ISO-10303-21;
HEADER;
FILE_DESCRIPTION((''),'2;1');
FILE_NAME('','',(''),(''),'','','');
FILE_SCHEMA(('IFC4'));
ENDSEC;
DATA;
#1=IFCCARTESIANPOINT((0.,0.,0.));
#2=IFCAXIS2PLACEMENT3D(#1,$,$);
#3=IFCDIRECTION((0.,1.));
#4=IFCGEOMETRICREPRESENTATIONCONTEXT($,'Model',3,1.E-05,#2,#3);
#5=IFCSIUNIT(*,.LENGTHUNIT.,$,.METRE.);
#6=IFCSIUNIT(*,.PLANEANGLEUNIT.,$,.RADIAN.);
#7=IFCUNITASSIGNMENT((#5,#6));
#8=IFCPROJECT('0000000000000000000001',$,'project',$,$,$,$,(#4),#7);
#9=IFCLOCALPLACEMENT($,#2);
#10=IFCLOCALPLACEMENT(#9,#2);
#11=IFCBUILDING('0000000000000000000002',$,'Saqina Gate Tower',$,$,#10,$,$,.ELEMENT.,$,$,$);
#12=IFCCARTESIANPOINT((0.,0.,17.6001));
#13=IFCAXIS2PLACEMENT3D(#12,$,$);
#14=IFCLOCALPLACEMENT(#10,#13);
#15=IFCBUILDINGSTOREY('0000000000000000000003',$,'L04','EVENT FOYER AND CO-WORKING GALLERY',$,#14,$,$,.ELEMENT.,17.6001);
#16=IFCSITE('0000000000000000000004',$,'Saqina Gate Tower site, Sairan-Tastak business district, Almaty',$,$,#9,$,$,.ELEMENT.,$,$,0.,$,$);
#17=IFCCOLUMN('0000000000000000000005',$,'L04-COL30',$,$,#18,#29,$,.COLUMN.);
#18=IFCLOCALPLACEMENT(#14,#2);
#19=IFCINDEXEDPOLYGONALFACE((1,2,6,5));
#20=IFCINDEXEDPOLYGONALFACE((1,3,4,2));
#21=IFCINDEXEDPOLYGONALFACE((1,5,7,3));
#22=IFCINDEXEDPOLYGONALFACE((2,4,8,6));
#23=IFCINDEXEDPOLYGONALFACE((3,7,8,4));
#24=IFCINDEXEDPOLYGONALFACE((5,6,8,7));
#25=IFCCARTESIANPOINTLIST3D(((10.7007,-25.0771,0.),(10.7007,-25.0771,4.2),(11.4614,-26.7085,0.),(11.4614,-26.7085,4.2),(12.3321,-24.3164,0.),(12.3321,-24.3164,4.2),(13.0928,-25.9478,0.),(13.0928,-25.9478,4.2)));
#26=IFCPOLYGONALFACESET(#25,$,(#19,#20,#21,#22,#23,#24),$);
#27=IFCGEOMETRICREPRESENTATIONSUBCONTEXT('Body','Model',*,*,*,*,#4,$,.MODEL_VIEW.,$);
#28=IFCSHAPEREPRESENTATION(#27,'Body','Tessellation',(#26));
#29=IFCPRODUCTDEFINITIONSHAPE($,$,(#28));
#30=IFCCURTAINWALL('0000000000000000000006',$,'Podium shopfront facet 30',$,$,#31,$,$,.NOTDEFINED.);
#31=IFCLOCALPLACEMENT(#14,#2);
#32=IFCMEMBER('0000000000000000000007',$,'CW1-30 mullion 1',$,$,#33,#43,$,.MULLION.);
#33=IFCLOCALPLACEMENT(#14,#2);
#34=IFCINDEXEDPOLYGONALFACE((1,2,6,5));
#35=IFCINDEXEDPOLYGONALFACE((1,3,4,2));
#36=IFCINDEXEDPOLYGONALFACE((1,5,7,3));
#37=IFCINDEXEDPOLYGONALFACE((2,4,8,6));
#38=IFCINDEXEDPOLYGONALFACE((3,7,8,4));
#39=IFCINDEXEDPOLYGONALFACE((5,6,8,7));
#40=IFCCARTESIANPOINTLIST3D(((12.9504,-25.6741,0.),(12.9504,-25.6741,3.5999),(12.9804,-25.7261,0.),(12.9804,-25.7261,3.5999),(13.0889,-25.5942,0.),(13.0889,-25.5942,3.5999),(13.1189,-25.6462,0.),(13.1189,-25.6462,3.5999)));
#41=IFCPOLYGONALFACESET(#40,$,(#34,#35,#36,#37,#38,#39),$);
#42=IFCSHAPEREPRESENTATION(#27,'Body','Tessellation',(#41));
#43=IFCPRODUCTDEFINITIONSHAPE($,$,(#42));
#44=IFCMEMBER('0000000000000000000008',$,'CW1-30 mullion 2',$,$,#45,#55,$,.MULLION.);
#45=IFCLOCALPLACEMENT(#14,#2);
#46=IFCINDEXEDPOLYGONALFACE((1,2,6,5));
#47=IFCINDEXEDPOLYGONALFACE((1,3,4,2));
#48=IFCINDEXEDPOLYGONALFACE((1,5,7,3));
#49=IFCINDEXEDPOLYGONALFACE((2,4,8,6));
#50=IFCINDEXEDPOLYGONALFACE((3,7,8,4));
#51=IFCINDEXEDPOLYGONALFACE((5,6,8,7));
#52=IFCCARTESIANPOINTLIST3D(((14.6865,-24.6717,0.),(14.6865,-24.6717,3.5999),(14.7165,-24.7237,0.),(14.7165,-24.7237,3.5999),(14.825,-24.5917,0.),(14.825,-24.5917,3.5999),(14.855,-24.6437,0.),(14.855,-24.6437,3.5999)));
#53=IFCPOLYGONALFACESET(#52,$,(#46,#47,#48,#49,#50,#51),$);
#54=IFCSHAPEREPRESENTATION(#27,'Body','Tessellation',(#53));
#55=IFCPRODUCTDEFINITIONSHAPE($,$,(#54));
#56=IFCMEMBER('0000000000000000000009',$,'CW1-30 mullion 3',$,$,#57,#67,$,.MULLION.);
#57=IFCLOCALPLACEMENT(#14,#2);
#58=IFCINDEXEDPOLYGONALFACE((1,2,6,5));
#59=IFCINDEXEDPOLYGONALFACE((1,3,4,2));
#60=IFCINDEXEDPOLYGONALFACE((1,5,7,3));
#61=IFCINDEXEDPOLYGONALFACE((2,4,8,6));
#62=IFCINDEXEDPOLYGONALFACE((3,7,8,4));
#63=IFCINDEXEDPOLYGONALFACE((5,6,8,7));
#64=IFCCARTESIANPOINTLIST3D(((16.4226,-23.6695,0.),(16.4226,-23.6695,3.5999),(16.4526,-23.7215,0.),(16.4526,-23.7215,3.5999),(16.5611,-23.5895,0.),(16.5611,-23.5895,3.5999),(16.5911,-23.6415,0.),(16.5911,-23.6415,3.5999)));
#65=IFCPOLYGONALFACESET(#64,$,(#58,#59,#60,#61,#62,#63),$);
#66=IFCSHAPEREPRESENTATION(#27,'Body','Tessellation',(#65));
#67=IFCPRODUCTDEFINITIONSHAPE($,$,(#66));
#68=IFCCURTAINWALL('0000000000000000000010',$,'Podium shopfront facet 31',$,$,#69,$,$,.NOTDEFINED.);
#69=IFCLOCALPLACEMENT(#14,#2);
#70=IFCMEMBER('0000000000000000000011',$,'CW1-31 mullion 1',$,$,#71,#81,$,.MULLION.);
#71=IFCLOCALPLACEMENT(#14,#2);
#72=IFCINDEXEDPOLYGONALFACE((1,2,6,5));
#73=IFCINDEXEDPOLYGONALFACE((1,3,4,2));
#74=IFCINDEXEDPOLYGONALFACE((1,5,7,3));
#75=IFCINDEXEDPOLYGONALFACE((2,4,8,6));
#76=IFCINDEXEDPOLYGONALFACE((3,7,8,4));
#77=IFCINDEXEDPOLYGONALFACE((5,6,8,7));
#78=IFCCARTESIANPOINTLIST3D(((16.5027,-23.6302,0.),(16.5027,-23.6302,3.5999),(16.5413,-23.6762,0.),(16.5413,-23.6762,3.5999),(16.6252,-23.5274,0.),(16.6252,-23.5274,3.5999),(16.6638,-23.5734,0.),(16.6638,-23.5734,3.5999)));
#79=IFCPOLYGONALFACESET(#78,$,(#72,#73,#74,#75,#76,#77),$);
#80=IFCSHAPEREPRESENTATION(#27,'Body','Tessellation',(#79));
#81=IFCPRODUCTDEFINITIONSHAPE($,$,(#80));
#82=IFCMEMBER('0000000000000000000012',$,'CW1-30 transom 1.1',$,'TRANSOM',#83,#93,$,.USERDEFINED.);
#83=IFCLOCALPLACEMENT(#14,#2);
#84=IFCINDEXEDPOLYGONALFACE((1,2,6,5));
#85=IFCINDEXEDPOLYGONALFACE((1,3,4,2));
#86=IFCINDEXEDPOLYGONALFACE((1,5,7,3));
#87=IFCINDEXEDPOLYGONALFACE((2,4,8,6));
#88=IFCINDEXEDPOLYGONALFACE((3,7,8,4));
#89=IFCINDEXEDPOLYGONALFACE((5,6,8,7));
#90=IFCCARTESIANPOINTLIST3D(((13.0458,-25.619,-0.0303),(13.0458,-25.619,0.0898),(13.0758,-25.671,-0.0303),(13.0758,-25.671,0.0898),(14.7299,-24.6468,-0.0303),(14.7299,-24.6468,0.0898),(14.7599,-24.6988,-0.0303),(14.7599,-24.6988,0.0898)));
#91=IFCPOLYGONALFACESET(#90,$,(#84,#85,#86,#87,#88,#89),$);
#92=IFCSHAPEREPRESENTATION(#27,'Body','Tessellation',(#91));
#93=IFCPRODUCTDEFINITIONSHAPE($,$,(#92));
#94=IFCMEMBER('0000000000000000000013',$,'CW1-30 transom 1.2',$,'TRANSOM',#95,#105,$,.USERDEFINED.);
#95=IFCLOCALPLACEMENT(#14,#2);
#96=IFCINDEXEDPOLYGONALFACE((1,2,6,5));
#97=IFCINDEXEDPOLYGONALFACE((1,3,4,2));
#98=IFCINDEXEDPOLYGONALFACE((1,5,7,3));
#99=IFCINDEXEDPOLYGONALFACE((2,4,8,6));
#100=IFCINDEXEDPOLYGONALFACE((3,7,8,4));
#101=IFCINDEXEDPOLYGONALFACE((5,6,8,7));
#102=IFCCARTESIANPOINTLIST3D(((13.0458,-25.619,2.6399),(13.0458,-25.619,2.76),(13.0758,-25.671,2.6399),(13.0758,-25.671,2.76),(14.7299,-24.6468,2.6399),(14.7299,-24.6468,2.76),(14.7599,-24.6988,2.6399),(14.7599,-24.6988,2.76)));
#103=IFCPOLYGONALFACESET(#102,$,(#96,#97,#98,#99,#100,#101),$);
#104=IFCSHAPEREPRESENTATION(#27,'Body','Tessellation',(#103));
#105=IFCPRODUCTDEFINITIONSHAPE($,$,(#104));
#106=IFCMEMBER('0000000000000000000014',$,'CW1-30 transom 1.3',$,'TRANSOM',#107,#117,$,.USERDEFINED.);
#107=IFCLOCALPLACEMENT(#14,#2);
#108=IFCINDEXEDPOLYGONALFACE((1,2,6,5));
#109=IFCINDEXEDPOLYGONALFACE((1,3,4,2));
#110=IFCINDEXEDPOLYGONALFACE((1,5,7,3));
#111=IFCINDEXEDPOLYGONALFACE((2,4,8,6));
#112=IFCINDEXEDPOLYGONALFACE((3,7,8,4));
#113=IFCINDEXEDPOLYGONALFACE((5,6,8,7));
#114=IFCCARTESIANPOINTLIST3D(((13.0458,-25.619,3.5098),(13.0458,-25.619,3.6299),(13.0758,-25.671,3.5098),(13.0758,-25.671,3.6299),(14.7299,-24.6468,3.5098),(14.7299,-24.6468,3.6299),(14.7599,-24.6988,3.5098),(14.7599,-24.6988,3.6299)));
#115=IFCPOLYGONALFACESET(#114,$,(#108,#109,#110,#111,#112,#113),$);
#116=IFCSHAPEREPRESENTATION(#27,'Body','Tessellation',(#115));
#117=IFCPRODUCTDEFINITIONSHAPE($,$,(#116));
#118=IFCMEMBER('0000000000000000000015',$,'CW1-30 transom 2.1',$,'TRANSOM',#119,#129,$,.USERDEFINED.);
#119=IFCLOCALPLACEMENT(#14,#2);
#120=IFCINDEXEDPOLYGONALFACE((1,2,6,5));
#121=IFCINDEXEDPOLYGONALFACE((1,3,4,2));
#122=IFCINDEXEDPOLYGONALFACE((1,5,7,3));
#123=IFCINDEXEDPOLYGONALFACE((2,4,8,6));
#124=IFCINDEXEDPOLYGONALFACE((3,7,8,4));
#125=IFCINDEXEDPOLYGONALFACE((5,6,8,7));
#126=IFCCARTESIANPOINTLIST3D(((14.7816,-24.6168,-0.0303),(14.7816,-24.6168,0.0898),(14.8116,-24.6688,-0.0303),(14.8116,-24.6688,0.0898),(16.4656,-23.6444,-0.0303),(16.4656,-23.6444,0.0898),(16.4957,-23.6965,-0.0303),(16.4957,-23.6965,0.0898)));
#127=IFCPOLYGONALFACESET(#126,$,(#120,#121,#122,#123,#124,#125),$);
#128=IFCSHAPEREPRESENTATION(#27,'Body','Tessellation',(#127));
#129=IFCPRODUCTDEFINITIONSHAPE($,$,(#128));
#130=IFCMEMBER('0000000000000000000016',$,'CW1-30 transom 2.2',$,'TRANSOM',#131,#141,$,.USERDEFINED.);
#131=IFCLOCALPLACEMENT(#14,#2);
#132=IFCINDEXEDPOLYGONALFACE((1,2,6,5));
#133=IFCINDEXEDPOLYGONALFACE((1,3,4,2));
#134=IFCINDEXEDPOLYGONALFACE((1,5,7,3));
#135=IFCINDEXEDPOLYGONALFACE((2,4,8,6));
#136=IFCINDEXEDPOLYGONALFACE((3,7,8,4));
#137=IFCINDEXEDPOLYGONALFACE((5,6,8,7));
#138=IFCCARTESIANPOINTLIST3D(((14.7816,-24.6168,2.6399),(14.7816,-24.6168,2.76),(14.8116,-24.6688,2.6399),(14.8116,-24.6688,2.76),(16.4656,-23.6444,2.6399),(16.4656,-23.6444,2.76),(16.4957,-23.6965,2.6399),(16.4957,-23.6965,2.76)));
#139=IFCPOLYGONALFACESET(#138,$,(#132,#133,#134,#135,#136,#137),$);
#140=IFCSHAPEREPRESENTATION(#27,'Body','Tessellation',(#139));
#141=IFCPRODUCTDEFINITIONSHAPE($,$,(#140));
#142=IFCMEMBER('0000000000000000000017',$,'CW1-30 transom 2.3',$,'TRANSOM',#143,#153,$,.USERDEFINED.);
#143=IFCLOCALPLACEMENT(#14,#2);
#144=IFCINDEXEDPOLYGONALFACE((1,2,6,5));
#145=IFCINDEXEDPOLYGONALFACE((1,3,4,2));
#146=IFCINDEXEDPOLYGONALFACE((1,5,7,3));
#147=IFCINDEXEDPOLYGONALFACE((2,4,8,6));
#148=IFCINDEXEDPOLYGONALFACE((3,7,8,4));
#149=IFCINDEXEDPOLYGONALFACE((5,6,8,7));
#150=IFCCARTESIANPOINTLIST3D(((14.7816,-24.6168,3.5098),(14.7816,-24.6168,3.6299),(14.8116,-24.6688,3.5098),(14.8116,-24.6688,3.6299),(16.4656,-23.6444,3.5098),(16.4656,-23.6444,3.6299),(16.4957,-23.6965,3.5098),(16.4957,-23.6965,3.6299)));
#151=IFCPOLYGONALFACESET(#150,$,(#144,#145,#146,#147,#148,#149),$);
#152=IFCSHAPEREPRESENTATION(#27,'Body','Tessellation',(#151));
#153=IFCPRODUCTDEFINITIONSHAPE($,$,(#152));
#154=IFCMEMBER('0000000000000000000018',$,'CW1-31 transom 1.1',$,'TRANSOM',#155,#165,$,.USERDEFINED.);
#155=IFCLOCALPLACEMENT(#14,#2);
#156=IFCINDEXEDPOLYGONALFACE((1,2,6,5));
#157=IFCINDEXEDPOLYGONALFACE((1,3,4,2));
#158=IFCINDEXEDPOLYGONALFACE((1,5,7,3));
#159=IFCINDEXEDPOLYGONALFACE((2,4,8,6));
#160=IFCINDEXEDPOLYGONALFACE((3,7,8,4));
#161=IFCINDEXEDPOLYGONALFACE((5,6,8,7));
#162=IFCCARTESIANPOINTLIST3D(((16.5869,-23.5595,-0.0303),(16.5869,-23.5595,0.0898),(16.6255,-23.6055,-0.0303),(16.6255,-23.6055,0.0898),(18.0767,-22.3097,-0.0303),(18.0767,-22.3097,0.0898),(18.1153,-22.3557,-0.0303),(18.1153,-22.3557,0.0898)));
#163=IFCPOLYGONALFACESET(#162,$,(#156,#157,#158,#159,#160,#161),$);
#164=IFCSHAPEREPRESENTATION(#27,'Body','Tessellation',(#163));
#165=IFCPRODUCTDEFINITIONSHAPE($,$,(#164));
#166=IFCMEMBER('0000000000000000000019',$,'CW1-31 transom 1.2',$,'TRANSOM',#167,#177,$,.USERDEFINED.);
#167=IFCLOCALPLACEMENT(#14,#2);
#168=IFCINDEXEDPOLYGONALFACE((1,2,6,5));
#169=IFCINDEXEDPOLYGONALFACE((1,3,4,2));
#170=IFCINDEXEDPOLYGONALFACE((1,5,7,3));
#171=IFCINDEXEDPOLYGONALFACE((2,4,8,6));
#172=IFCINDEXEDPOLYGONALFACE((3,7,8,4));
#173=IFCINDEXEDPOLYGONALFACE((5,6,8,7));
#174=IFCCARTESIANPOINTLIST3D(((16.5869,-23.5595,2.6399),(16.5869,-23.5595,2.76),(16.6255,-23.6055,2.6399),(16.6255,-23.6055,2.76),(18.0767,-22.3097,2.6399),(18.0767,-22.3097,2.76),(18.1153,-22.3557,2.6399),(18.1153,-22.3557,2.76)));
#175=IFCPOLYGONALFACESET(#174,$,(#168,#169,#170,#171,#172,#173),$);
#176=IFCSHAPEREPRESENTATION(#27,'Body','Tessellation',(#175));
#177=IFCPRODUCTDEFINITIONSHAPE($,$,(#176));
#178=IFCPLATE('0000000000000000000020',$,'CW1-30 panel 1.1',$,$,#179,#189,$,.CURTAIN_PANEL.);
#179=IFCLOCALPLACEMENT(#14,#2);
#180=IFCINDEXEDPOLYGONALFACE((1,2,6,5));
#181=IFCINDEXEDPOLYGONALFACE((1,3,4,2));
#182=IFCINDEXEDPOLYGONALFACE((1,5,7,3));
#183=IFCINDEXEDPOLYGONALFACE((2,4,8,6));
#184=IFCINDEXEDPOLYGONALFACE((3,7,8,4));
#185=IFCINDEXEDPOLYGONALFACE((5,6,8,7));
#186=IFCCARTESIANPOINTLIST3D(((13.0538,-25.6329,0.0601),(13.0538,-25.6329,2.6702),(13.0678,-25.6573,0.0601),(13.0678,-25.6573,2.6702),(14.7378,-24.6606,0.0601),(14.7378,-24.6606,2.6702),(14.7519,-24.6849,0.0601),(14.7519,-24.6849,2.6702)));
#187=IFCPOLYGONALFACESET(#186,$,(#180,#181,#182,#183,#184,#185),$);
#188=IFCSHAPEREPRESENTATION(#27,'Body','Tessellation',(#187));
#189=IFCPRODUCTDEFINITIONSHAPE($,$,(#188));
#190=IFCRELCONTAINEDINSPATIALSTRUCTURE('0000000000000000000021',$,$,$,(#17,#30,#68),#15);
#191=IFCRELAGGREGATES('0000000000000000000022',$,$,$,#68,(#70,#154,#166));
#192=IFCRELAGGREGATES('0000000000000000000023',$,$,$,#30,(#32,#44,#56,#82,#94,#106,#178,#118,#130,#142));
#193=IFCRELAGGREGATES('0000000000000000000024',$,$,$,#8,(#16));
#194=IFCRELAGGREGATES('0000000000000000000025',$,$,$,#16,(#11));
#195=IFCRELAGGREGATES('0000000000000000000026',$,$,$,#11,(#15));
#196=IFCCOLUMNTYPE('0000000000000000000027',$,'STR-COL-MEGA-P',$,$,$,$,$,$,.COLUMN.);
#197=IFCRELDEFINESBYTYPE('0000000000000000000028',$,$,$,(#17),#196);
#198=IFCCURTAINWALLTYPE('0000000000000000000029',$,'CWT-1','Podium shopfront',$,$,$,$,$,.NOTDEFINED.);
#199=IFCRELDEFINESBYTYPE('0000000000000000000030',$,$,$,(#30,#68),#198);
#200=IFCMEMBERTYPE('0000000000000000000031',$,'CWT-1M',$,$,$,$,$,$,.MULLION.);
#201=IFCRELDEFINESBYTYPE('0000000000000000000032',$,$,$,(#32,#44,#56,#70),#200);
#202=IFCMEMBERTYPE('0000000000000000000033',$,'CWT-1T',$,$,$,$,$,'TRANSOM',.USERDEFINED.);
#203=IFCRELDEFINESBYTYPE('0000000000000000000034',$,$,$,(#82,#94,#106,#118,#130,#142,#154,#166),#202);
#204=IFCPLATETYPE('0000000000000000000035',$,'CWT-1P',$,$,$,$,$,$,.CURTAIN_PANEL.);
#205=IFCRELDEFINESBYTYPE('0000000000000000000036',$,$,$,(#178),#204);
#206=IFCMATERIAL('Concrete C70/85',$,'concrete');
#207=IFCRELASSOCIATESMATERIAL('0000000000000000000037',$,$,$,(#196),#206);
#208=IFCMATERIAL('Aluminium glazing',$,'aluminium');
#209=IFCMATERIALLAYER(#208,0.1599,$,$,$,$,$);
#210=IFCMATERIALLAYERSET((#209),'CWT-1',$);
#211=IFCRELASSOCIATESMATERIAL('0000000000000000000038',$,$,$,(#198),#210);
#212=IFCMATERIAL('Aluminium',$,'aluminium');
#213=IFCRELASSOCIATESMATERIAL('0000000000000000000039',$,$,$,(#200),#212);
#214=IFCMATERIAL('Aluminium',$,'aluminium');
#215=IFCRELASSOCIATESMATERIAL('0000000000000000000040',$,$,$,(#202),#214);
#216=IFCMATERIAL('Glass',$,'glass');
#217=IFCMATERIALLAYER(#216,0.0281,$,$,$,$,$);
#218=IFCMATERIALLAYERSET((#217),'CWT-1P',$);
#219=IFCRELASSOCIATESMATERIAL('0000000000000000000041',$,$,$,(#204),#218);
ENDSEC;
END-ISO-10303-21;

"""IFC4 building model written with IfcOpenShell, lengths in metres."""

from ifc_helpers import new_model, si_unit, direction, frame, origin, origin_2d, place, context, subcontext, project, spatial, rectangle, extrude, material, layer, layer_set, material_profile, profile_set, type_object, element, aggregate, save


model = new_model("IFC4")

# Units and contexts
model_context = context("Model", 3, precision=1e-05, world=origin(), true_north=direction((0.0, 1.0)))
body_context = subcontext(model_context, "Body", "Model", "MODEL_VIEW")
ifc_project = project(units=[si_unit("LENGTHUNIT", "METRE"), si_unit("PLANEANGLEUNIT", "RADIAN")], contexts=[model_context])

# Site, building, storey
site_placement = place(None, origin())
site = spatial("IfcSite", under=ifc_project, at=site_placement, Name="Saqina Gate Tower site, Sairan-Tastak business district, Almaty", CompositionType="ELEMENT", RefElevation=0.0)
building_placement = place(site_placement, origin())
building = spatial("IfcBuilding", under=site, at=building_placement, Name="Saqina Gate Tower", CompositionType="ELEMENT")
storey_placement = place(building_placement, frame((0.0, 0.0, 17.6001)))
storey = spatial("IfcBuildingStorey", under=building, at=storey_placement, Name="L04", Description="EVENT FOYER AND CO-WORKING GALLERY", CompositionType="ELEMENT", Elevation=17.6001)

# Column
ifc_material_1 = material(Name="Concrete C70/85", Category="concrete")
ifc_material_profile_1 = material_profile(ifc_material_1, rectangle(XDim=1.8, YDim=1.8, at=origin_2d()), Name="RC 1800x1800")
ifc_profile_set_1 = profile_set([ifc_material_profile_1], Name="Concrete C70/85")
column_type = type_object("IfcColumnType", Name="STR-COL-MEGA-P", PredefinedType="COLUMN", material=ifc_profile_set_1)
column_placement = place(storey_placement, frame((11.8967, -25.5125, 0.0), z_axis=(0.0, 0.0, 1.0), x_axis=(0.422618, -0.906308, 0.0)))
element("IfcColumn", 1, at=column_placement, inside=storey, type_object=column_type, Name="L04-COL30", PredefinedType="COLUMN", context=body_context, shape_type="SweptSolid", body=[
    extrude(rectangle(XDim=1.8, YDim=1.8, at=origin_2d()), origin(), (0.0, 0.0, 1.0), 4.2),
])

# Curtain wall, members
ifc_material_2 = material(Name="Aluminium glazing", Category="aluminium")
ifc_layer_1 = layer(ifc_material_2, 0.1599)
ifc_layer_set_1 = layer_set([ifc_layer_1], Name="CWT-1")
curtain_wall_type = type_object("IfcCurtainWallType", Name="CWT-1", Description="Podium shopfront", PredefinedType="NOTDEFINED", material=ifc_layer_set_1)
curtain_wall_1_placement = place(storey_placement, origin())
curtain_wall_1 = element("IfcCurtainWall", 2, at=curtain_wall_1_placement, inside=storey, type_object=curtain_wall_type, Name="Podium shopfront facet 30", PredefinedType="NOTDEFINED")
ifc_material_3 = material(Name="Aluminium", Category="aluminium")
ifc_material_profile_2 = material_profile(ifc_material_3, rectangle(XDim=0.0601, YDim=0.1599, at=origin_2d()), Name="Aluminium 60x160")
ifc_profile_set_2 = profile_set([ifc_material_profile_2], Name="Aluminium")
member_type_1 = type_object("IfcMemberType", Name="CWT-1M", PredefinedType="MULLION", material=ifc_profile_set_2)
member_1_placement = place(storey_placement, frame((13.0347, -25.6602, 0.0), z_axis=(0.0, 0.0, 1.0), x_axis=(-0.500014, 0.866017, 0.0)))
member_1 = element("IfcMember", 3, at=member_1_placement, type_object=member_type_1, Name="CW1-30 mullion 1", PredefinedType="MULLION", context=body_context, shape_type="SweptSolid", body=[
    extrude(rectangle(XDim=0.0601, YDim=0.1599, at=origin_2d()), origin(), (0.0, 0.0, 1.0), 3.5999),
])
member_2_placement = place(storey_placement, frame((14.7708, -24.6577, 0.0), z_axis=(0.0, 0.0, 1.0), x_axis=(-0.500014, 0.866017, 0.0)))
member_2 = element("IfcMember", 4, at=member_2_placement, type_object=member_type_1, Name="CW1-30 mullion 2", PredefinedType="MULLION", context=body_context, shape_type="SweptSolid", body=[
    extrude(rectangle(XDim=0.0601, YDim=0.1599, at=origin_2d()), origin(), (0.0, 0.0, 1.0), 3.5999),
])
member_3_placement = place(storey_placement, frame((16.5068, -23.6555, 0.0), z_axis=(0.0, 0.0, 1.0), x_axis=(-0.500014, 0.866017, 0.0)))
member_3 = element("IfcMember", 5, at=member_3_placement, type_object=member_type_1, Name="CW1-30 mullion 3", PredefinedType="MULLION", context=body_context, shape_type="SweptSolid", body=[
    extrude(rectangle(XDim=0.0601, YDim=0.1599, at=origin_2d()), origin(), (0.0, 0.0, 1.0), 3.5999),
])

# Curtain wall, member
curtain_wall_2_placement = place(storey_placement, origin())
curtain_wall_2 = element("IfcCurtainWall", 6, at=curtain_wall_2_placement, inside=storey, type_object=curtain_wall_type, Name="Podium shopfront facet 31", PredefinedType="NOTDEFINED")
member_4_placement = place(storey_placement, frame((16.5833, -23.6018, 0.0), z_axis=(0.0, 0.0, 1.0), x_axis=(-0.642779, 0.766051, 0.0)))
member_4 = element("IfcMember", 7, at=member_4_placement, type_object=member_type_1, Name="CW1-31 mullion 1", PredefinedType="MULLION", context=body_context, shape_type="SweptSolid", body=[
    extrude(rectangle(XDim=0.0601, YDim=0.1599, at=origin_2d()), origin(), (0.0, 0.0, 1.0), 3.5999),
])

# Members
ifc_material_4 = material(Name="Aluminium", Category="aluminium")
ifc_material_profile_3 = material_profile(ifc_material_4, rectangle(XDim=0.0601, YDim=0.1201, at=origin_2d()), Name="Aluminium 60x120")
ifc_profile_set_3 = profile_set([ifc_material_profile_3], Name="Aluminium")
member_type_2 = type_object("IfcMemberType", Name="CWT-1T", ElementType="TRANSOM", PredefinedType="USERDEFINED", material=ifc_profile_set_3)
member_5_placement = place(storey_placement, frame((13.0608, -25.645, 0.0298), z_axis=(0.866056, 0.499947, 0.0), x_axis=(-0.499947, 0.866056, 0.0)))
member_5 = element("IfcMember", 8, at=member_5_placement, type_object=member_type_2, Name="CW1-30 transom 1.1", ObjectType="TRANSOM", PredefinedType="USERDEFINED", context=body_context, shape_type="SweptSolid", body=[
    extrude(rectangle(XDim=0.0601, YDim=0.1201, at=origin_2d()), origin(), (0.0, 0.0, 1.0), 1.9446),
])
member_6_placement = place(storey_placement, frame((13.0608, -25.645, 2.7), z_axis=(0.866056, 0.499947, 0.0), x_axis=(-0.499947, 0.866056, 0.0)))
member_6 = element("IfcMember", 9, at=member_6_placement, type_object=member_type_2, Name="CW1-30 transom 1.2", ObjectType="TRANSOM", PredefinedType="USERDEFINED", context=body_context, shape_type="SweptSolid", body=[
    extrude(rectangle(XDim=0.0601, YDim=0.1201, at=origin_2d()), origin(), (0.0, 0.0, 1.0), 1.9446),
])
member_7_placement = place(storey_placement, frame((13.0608, -25.645, 3.5698), z_axis=(0.866056, 0.499947, 0.0), x_axis=(-0.499947, 0.866056, 0.0)))
member_7 = element("IfcMember", 10, at=member_7_placement, type_object=member_type_2, Name="CW1-30 transom 1.3", ObjectType="TRANSOM", PredefinedType="USERDEFINED", context=body_context, shape_type="SweptSolid", body=[
    extrude(rectangle(XDim=0.0601, YDim=0.1201, at=origin_2d()), origin(), (0.0, 0.0, 1.0), 1.9446),
])
member_8_placement = place(storey_placement, frame((14.7966, -24.6428, 0.0298), z_axis=(0.866002, 0.500041, 0.0), x_axis=(-0.500041, 0.866002, 0.0)))
member_8 = element("IfcMember", 11, at=member_8_placement, type_object=member_type_2, Name="CW1-30 transom 2.1", ObjectType="TRANSOM", PredefinedType="USERDEFINED", context=body_context, shape_type="SweptSolid", body=[
    extrude(rectangle(XDim=0.0601, YDim=0.1201, at=origin_2d()), origin(), (0.0, 0.0, 1.0), 1.9446),
])
member_9_placement = place(storey_placement, frame((14.7966, -24.6428, 2.7), z_axis=(0.866002, 0.500041, 0.0), x_axis=(-0.500041, 0.866002, 0.0)))
member_9 = element("IfcMember", 12, at=member_9_placement, type_object=member_type_2, Name="CW1-30 transom 2.2", ObjectType="TRANSOM", PredefinedType="USERDEFINED", context=body_context, shape_type="SweptSolid", body=[
    extrude(rectangle(XDim=0.0601, YDim=0.1201, at=origin_2d()), origin(), (0.0, 0.0, 1.0), 1.9446),
])
member_10_placement = place(storey_placement, frame((14.7966, -24.6428, 3.5698), z_axis=(0.866002, 0.500041, 0.0), x_axis=(-0.500041, 0.866002, 0.0)))
member_10 = element("IfcMember", 13, at=member_10_placement, type_object=member_type_2, Name="CW1-30 transom 2.3", ObjectType="TRANSOM", PredefinedType="USERDEFINED", context=body_context, shape_type="SweptSolid", body=[
    extrude(rectangle(XDim=0.0601, YDim=0.1201, at=origin_2d()), origin(), (0.0, 0.0, 1.0), 1.9446),
])
member_11_placement = place(storey_placement, frame((16.6062, -23.5825, 0.0298), z_axis=(0.766118, 0.6427, 0.0), x_axis=(-0.6427, 0.766118, 0.0)))
member_11 = element("IfcMember", 14, at=member_11_placement, type_object=member_type_2, Name="CW1-31 transom 1.1", ObjectType="TRANSOM", PredefinedType="USERDEFINED", context=body_context, shape_type="SweptSolid", body=[
    extrude(rectangle(XDim=0.0601, YDim=0.1201, at=origin_2d()), origin(), (0.0, 0.0, 1.0), 1.9446),
])
member_12_placement = place(storey_placement, frame((16.6062, -23.5825, 2.7), z_axis=(0.766118, 0.6427, 0.0), x_axis=(-0.6427, 0.766118, 0.0)))
member_12 = element("IfcMember", 15, at=member_12_placement, type_object=member_type_2, Name="CW1-31 transom 1.2", ObjectType="TRANSOM", PredefinedType="USERDEFINED", context=body_context, shape_type="SweptSolid", body=[
    extrude(rectangle(XDim=0.0601, YDim=0.1201, at=origin_2d()), origin(), (0.0, 0.0, 1.0), 1.9446),
])
aggregate(curtain_wall_2, [member_4, member_11, member_12])

# Plate
ifc_material_5 = material(Name="Glass", Category="glass")
ifc_layer_2 = layer(ifc_material_5, 0.0281)
ifc_layer_set_2 = layer_set([ifc_layer_2], Name="CWT-1P")
plate_type = type_object("IfcPlateType", Name="CWT-1P", PredefinedType="CURTAIN_PANEL", material=ifc_layer_set_2)
plate_1_placement = place(storey_placement, frame((13.9028, -25.1589, 0.0601), z_axis=(0.0, 0.0, 1.0), x_axis=(0.866017, 0.500014, 0.0)))
plate_1 = element("IfcPlate", 16, at=plate_1_placement, type_object=plate_type, Name="CW1-30 panel 1.1", PredefinedType="CURTAIN_PANEL", context=body_context, shape_type="SweptSolid", body=[
    extrude(rectangle(XDim=1.9446, YDim=0.0281, at=origin_2d()), origin(), (0.0, 0.0, 1.0), 2.6101),
])
aggregate(curtain_wall_1, [member_1, member_2, member_3, member_5, member_6, member_7, plate_1, member_8, member_9, member_10])

save(model, "model.ifc")
